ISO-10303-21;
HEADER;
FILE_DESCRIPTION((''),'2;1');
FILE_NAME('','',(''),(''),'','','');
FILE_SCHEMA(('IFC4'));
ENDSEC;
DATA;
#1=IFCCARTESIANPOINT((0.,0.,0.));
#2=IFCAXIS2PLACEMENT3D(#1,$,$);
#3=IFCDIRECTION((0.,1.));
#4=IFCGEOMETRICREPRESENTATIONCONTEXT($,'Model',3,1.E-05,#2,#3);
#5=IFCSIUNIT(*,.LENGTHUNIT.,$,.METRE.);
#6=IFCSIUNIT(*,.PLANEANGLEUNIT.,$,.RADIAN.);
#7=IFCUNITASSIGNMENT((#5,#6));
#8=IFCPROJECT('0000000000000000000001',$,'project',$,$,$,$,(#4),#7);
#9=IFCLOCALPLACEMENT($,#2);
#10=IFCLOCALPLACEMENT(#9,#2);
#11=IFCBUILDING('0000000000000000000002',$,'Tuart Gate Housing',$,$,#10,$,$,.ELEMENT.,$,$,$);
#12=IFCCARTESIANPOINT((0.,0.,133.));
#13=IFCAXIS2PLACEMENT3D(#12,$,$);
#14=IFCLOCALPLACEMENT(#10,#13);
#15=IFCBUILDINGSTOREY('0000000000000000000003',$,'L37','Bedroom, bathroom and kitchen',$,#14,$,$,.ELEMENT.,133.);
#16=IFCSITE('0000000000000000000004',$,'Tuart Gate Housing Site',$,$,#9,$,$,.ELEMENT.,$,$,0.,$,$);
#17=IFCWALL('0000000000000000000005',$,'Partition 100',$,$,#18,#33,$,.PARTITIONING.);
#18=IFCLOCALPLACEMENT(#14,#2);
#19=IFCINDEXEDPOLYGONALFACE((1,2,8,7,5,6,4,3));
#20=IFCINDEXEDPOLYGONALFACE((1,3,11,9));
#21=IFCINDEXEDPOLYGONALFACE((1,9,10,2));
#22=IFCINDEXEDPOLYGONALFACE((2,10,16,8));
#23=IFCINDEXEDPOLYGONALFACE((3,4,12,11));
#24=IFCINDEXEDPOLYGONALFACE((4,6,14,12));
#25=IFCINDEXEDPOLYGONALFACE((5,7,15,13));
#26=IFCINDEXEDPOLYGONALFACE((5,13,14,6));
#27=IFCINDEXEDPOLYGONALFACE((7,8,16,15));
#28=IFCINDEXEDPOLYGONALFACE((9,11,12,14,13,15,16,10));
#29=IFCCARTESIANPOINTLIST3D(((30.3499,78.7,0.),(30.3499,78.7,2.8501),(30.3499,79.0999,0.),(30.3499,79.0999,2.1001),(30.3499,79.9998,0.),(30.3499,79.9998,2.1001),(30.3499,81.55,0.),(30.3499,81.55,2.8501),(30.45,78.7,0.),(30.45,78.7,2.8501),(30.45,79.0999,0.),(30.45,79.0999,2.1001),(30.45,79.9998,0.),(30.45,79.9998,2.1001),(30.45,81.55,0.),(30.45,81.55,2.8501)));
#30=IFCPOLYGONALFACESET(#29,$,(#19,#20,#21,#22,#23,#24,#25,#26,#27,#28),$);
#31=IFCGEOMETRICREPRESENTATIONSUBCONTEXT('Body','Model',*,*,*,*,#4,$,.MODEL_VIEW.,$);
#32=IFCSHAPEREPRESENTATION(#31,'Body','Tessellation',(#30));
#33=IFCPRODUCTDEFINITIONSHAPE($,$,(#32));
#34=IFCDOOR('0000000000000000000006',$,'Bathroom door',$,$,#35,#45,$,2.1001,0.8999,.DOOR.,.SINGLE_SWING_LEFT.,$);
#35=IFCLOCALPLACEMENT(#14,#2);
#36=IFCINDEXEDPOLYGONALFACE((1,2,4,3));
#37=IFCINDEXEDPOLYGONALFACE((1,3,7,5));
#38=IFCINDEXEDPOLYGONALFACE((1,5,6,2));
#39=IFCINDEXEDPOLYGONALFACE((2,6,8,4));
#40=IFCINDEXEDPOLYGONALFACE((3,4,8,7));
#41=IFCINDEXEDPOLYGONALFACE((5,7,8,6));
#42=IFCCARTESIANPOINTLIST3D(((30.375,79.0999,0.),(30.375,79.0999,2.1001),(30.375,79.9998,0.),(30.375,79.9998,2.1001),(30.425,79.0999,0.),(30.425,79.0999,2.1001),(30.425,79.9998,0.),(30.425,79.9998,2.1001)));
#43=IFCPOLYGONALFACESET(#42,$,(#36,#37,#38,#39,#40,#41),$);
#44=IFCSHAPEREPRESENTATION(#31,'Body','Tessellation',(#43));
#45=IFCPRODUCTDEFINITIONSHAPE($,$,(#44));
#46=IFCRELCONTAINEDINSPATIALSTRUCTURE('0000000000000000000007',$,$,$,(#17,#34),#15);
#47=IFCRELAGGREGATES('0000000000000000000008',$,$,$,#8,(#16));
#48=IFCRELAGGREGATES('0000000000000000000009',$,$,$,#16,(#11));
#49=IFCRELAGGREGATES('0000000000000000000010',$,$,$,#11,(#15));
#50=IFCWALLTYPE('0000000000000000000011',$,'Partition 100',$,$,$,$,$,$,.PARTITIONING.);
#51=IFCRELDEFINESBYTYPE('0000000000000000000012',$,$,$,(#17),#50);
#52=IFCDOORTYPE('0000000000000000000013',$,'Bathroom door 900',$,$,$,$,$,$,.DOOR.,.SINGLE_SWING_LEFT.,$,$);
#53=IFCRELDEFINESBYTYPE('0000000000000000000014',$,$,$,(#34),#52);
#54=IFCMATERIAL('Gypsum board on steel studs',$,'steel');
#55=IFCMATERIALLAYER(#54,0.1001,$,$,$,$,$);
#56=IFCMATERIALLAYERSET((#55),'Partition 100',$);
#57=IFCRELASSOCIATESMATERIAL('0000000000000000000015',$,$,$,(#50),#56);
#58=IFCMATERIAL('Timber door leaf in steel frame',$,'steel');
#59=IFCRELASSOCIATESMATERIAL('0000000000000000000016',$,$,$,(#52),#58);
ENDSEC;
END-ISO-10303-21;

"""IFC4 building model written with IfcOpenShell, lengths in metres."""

from ifc_helpers import new_model, si_unit, direction, frame, frame_2d, origin, place, context, subcontext, project, spatial, rectangle, extrude, material, layer, layer_set, type_object, element, fill, save


model = new_model("IFC4")

# Units and contexts
model_context = context("Model", 3, precision=1e-05, world=origin(), true_north=direction((0.0, 1.0)))
body_context = subcontext(model_context, "Body", "Model", "MODEL_VIEW")
ifc_project = project(units=[si_unit("LENGTHUNIT", "METRE"), si_unit("PLANEANGLEUNIT", "RADIAN")], contexts=[model_context])

# Site, building, storey
site_placement = place(None, origin())
site = spatial("IfcSite", under=ifc_project, at=site_placement, Name="Tuart Gate Housing Site", CompositionType="ELEMENT", RefElevation=0.0)
building_placement = place(site_placement, origin())
building = spatial("IfcBuilding", under=site, at=building_placement, Name="Tuart Gate Housing", CompositionType="ELEMENT")
storey_placement = place(building_placement, frame((0.0, 0.0, 133.0)))
storey = spatial("IfcBuildingStorey", under=building, at=storey_placement, Name="L37", Description="Bedroom, bathroom and kitchen", CompositionType="ELEMENT", Elevation=133.0)

# Shared definitions
ifc_material_1 = material(Name="Gypsum board on steel studs", Category="steel")
ifc_layer_1 = layer(ifc_material_1, 0.1001)
ifc_layer_set_1 = layer_set([ifc_layer_1], Name="Partition 100")
wall_type_1 = type_object("IfcWallType", Name="Partition 100", PredefinedType="PARTITIONING", material=ifc_layer_set_1)

# Wall, opening, door
wall_1_placement = place(storey_placement, frame((30.3999, 78.7, 0.0), z_axis=(0.0, 0.0, 1.0), x_axis=(0.0, 1.0, 0.0)))
wall_1 = element("IfcWall", 1, at=wall_1_placement, inside=storey, type_object=wall_type_1, Name="Partition 100", PredefinedType="PARTITIONING", context=body_context, shape_type="SweptSolid", body=[
    extrude(rectangle(XDim=2.8501, YDim=0.1001, at=frame_2d((1.425, 0.0))), origin(), (0.0, 0.0, 1.0), 2.8501),
])
opening_1_placement = place(wall_1_placement, frame((0.3999, 0.0, 0.0)))
opening_1 = element("IfcOpeningElement", 2, at=opening_1_placement, cuts=wall_1, PredefinedType="OPENING", context=body_context, shape_type="SweptSolid", body=[
    extrude(rectangle(XDim=0.8999, YDim=2.1001, at=frame_2d((0.45, 1.05))), frame((0.0, 0.0601, 0.0), z_axis=(0.0, -1.0, 0.0), x_axis=(1.0, 0.0, 0.0)), (0.0, 0.0, 1.0), 0.1201),
])
ifc_material_2 = material(Name="Timber door leaf in steel frame", Category="steel")
door_type_1 = type_object("IfcDoorType", Name="Bathroom door 900", OperationType="SINGLE_SWING_LEFT", PredefinedType="DOOR", material=ifc_material_2)
door_1_placement = place(opening_1_placement, origin())
door_1 = element("IfcDoor", 3, at=door_1_placement, inside=storey, type_object=door_type_1, Name="Bathroom door", OperationType="SINGLE_SWING_LEFT", OverallHeight=2.1001, OverallWidth=0.8999, PredefinedType="DOOR", context=body_context, shape_type="SweptSolid", body=[
    extrude(rectangle(XDim=0.8999, YDim=2.1001, at=frame_2d((0.45, 1.05))), frame((0.0, 0.0249, 0.0), z_axis=(0.0, -1.0, 0.0), x_axis=(1.0, 0.0, 0.0)), (0.0, 0.0, 1.0), 0.05),
])
fill(opening_1, door_1)

save(model, "model.ifc")
